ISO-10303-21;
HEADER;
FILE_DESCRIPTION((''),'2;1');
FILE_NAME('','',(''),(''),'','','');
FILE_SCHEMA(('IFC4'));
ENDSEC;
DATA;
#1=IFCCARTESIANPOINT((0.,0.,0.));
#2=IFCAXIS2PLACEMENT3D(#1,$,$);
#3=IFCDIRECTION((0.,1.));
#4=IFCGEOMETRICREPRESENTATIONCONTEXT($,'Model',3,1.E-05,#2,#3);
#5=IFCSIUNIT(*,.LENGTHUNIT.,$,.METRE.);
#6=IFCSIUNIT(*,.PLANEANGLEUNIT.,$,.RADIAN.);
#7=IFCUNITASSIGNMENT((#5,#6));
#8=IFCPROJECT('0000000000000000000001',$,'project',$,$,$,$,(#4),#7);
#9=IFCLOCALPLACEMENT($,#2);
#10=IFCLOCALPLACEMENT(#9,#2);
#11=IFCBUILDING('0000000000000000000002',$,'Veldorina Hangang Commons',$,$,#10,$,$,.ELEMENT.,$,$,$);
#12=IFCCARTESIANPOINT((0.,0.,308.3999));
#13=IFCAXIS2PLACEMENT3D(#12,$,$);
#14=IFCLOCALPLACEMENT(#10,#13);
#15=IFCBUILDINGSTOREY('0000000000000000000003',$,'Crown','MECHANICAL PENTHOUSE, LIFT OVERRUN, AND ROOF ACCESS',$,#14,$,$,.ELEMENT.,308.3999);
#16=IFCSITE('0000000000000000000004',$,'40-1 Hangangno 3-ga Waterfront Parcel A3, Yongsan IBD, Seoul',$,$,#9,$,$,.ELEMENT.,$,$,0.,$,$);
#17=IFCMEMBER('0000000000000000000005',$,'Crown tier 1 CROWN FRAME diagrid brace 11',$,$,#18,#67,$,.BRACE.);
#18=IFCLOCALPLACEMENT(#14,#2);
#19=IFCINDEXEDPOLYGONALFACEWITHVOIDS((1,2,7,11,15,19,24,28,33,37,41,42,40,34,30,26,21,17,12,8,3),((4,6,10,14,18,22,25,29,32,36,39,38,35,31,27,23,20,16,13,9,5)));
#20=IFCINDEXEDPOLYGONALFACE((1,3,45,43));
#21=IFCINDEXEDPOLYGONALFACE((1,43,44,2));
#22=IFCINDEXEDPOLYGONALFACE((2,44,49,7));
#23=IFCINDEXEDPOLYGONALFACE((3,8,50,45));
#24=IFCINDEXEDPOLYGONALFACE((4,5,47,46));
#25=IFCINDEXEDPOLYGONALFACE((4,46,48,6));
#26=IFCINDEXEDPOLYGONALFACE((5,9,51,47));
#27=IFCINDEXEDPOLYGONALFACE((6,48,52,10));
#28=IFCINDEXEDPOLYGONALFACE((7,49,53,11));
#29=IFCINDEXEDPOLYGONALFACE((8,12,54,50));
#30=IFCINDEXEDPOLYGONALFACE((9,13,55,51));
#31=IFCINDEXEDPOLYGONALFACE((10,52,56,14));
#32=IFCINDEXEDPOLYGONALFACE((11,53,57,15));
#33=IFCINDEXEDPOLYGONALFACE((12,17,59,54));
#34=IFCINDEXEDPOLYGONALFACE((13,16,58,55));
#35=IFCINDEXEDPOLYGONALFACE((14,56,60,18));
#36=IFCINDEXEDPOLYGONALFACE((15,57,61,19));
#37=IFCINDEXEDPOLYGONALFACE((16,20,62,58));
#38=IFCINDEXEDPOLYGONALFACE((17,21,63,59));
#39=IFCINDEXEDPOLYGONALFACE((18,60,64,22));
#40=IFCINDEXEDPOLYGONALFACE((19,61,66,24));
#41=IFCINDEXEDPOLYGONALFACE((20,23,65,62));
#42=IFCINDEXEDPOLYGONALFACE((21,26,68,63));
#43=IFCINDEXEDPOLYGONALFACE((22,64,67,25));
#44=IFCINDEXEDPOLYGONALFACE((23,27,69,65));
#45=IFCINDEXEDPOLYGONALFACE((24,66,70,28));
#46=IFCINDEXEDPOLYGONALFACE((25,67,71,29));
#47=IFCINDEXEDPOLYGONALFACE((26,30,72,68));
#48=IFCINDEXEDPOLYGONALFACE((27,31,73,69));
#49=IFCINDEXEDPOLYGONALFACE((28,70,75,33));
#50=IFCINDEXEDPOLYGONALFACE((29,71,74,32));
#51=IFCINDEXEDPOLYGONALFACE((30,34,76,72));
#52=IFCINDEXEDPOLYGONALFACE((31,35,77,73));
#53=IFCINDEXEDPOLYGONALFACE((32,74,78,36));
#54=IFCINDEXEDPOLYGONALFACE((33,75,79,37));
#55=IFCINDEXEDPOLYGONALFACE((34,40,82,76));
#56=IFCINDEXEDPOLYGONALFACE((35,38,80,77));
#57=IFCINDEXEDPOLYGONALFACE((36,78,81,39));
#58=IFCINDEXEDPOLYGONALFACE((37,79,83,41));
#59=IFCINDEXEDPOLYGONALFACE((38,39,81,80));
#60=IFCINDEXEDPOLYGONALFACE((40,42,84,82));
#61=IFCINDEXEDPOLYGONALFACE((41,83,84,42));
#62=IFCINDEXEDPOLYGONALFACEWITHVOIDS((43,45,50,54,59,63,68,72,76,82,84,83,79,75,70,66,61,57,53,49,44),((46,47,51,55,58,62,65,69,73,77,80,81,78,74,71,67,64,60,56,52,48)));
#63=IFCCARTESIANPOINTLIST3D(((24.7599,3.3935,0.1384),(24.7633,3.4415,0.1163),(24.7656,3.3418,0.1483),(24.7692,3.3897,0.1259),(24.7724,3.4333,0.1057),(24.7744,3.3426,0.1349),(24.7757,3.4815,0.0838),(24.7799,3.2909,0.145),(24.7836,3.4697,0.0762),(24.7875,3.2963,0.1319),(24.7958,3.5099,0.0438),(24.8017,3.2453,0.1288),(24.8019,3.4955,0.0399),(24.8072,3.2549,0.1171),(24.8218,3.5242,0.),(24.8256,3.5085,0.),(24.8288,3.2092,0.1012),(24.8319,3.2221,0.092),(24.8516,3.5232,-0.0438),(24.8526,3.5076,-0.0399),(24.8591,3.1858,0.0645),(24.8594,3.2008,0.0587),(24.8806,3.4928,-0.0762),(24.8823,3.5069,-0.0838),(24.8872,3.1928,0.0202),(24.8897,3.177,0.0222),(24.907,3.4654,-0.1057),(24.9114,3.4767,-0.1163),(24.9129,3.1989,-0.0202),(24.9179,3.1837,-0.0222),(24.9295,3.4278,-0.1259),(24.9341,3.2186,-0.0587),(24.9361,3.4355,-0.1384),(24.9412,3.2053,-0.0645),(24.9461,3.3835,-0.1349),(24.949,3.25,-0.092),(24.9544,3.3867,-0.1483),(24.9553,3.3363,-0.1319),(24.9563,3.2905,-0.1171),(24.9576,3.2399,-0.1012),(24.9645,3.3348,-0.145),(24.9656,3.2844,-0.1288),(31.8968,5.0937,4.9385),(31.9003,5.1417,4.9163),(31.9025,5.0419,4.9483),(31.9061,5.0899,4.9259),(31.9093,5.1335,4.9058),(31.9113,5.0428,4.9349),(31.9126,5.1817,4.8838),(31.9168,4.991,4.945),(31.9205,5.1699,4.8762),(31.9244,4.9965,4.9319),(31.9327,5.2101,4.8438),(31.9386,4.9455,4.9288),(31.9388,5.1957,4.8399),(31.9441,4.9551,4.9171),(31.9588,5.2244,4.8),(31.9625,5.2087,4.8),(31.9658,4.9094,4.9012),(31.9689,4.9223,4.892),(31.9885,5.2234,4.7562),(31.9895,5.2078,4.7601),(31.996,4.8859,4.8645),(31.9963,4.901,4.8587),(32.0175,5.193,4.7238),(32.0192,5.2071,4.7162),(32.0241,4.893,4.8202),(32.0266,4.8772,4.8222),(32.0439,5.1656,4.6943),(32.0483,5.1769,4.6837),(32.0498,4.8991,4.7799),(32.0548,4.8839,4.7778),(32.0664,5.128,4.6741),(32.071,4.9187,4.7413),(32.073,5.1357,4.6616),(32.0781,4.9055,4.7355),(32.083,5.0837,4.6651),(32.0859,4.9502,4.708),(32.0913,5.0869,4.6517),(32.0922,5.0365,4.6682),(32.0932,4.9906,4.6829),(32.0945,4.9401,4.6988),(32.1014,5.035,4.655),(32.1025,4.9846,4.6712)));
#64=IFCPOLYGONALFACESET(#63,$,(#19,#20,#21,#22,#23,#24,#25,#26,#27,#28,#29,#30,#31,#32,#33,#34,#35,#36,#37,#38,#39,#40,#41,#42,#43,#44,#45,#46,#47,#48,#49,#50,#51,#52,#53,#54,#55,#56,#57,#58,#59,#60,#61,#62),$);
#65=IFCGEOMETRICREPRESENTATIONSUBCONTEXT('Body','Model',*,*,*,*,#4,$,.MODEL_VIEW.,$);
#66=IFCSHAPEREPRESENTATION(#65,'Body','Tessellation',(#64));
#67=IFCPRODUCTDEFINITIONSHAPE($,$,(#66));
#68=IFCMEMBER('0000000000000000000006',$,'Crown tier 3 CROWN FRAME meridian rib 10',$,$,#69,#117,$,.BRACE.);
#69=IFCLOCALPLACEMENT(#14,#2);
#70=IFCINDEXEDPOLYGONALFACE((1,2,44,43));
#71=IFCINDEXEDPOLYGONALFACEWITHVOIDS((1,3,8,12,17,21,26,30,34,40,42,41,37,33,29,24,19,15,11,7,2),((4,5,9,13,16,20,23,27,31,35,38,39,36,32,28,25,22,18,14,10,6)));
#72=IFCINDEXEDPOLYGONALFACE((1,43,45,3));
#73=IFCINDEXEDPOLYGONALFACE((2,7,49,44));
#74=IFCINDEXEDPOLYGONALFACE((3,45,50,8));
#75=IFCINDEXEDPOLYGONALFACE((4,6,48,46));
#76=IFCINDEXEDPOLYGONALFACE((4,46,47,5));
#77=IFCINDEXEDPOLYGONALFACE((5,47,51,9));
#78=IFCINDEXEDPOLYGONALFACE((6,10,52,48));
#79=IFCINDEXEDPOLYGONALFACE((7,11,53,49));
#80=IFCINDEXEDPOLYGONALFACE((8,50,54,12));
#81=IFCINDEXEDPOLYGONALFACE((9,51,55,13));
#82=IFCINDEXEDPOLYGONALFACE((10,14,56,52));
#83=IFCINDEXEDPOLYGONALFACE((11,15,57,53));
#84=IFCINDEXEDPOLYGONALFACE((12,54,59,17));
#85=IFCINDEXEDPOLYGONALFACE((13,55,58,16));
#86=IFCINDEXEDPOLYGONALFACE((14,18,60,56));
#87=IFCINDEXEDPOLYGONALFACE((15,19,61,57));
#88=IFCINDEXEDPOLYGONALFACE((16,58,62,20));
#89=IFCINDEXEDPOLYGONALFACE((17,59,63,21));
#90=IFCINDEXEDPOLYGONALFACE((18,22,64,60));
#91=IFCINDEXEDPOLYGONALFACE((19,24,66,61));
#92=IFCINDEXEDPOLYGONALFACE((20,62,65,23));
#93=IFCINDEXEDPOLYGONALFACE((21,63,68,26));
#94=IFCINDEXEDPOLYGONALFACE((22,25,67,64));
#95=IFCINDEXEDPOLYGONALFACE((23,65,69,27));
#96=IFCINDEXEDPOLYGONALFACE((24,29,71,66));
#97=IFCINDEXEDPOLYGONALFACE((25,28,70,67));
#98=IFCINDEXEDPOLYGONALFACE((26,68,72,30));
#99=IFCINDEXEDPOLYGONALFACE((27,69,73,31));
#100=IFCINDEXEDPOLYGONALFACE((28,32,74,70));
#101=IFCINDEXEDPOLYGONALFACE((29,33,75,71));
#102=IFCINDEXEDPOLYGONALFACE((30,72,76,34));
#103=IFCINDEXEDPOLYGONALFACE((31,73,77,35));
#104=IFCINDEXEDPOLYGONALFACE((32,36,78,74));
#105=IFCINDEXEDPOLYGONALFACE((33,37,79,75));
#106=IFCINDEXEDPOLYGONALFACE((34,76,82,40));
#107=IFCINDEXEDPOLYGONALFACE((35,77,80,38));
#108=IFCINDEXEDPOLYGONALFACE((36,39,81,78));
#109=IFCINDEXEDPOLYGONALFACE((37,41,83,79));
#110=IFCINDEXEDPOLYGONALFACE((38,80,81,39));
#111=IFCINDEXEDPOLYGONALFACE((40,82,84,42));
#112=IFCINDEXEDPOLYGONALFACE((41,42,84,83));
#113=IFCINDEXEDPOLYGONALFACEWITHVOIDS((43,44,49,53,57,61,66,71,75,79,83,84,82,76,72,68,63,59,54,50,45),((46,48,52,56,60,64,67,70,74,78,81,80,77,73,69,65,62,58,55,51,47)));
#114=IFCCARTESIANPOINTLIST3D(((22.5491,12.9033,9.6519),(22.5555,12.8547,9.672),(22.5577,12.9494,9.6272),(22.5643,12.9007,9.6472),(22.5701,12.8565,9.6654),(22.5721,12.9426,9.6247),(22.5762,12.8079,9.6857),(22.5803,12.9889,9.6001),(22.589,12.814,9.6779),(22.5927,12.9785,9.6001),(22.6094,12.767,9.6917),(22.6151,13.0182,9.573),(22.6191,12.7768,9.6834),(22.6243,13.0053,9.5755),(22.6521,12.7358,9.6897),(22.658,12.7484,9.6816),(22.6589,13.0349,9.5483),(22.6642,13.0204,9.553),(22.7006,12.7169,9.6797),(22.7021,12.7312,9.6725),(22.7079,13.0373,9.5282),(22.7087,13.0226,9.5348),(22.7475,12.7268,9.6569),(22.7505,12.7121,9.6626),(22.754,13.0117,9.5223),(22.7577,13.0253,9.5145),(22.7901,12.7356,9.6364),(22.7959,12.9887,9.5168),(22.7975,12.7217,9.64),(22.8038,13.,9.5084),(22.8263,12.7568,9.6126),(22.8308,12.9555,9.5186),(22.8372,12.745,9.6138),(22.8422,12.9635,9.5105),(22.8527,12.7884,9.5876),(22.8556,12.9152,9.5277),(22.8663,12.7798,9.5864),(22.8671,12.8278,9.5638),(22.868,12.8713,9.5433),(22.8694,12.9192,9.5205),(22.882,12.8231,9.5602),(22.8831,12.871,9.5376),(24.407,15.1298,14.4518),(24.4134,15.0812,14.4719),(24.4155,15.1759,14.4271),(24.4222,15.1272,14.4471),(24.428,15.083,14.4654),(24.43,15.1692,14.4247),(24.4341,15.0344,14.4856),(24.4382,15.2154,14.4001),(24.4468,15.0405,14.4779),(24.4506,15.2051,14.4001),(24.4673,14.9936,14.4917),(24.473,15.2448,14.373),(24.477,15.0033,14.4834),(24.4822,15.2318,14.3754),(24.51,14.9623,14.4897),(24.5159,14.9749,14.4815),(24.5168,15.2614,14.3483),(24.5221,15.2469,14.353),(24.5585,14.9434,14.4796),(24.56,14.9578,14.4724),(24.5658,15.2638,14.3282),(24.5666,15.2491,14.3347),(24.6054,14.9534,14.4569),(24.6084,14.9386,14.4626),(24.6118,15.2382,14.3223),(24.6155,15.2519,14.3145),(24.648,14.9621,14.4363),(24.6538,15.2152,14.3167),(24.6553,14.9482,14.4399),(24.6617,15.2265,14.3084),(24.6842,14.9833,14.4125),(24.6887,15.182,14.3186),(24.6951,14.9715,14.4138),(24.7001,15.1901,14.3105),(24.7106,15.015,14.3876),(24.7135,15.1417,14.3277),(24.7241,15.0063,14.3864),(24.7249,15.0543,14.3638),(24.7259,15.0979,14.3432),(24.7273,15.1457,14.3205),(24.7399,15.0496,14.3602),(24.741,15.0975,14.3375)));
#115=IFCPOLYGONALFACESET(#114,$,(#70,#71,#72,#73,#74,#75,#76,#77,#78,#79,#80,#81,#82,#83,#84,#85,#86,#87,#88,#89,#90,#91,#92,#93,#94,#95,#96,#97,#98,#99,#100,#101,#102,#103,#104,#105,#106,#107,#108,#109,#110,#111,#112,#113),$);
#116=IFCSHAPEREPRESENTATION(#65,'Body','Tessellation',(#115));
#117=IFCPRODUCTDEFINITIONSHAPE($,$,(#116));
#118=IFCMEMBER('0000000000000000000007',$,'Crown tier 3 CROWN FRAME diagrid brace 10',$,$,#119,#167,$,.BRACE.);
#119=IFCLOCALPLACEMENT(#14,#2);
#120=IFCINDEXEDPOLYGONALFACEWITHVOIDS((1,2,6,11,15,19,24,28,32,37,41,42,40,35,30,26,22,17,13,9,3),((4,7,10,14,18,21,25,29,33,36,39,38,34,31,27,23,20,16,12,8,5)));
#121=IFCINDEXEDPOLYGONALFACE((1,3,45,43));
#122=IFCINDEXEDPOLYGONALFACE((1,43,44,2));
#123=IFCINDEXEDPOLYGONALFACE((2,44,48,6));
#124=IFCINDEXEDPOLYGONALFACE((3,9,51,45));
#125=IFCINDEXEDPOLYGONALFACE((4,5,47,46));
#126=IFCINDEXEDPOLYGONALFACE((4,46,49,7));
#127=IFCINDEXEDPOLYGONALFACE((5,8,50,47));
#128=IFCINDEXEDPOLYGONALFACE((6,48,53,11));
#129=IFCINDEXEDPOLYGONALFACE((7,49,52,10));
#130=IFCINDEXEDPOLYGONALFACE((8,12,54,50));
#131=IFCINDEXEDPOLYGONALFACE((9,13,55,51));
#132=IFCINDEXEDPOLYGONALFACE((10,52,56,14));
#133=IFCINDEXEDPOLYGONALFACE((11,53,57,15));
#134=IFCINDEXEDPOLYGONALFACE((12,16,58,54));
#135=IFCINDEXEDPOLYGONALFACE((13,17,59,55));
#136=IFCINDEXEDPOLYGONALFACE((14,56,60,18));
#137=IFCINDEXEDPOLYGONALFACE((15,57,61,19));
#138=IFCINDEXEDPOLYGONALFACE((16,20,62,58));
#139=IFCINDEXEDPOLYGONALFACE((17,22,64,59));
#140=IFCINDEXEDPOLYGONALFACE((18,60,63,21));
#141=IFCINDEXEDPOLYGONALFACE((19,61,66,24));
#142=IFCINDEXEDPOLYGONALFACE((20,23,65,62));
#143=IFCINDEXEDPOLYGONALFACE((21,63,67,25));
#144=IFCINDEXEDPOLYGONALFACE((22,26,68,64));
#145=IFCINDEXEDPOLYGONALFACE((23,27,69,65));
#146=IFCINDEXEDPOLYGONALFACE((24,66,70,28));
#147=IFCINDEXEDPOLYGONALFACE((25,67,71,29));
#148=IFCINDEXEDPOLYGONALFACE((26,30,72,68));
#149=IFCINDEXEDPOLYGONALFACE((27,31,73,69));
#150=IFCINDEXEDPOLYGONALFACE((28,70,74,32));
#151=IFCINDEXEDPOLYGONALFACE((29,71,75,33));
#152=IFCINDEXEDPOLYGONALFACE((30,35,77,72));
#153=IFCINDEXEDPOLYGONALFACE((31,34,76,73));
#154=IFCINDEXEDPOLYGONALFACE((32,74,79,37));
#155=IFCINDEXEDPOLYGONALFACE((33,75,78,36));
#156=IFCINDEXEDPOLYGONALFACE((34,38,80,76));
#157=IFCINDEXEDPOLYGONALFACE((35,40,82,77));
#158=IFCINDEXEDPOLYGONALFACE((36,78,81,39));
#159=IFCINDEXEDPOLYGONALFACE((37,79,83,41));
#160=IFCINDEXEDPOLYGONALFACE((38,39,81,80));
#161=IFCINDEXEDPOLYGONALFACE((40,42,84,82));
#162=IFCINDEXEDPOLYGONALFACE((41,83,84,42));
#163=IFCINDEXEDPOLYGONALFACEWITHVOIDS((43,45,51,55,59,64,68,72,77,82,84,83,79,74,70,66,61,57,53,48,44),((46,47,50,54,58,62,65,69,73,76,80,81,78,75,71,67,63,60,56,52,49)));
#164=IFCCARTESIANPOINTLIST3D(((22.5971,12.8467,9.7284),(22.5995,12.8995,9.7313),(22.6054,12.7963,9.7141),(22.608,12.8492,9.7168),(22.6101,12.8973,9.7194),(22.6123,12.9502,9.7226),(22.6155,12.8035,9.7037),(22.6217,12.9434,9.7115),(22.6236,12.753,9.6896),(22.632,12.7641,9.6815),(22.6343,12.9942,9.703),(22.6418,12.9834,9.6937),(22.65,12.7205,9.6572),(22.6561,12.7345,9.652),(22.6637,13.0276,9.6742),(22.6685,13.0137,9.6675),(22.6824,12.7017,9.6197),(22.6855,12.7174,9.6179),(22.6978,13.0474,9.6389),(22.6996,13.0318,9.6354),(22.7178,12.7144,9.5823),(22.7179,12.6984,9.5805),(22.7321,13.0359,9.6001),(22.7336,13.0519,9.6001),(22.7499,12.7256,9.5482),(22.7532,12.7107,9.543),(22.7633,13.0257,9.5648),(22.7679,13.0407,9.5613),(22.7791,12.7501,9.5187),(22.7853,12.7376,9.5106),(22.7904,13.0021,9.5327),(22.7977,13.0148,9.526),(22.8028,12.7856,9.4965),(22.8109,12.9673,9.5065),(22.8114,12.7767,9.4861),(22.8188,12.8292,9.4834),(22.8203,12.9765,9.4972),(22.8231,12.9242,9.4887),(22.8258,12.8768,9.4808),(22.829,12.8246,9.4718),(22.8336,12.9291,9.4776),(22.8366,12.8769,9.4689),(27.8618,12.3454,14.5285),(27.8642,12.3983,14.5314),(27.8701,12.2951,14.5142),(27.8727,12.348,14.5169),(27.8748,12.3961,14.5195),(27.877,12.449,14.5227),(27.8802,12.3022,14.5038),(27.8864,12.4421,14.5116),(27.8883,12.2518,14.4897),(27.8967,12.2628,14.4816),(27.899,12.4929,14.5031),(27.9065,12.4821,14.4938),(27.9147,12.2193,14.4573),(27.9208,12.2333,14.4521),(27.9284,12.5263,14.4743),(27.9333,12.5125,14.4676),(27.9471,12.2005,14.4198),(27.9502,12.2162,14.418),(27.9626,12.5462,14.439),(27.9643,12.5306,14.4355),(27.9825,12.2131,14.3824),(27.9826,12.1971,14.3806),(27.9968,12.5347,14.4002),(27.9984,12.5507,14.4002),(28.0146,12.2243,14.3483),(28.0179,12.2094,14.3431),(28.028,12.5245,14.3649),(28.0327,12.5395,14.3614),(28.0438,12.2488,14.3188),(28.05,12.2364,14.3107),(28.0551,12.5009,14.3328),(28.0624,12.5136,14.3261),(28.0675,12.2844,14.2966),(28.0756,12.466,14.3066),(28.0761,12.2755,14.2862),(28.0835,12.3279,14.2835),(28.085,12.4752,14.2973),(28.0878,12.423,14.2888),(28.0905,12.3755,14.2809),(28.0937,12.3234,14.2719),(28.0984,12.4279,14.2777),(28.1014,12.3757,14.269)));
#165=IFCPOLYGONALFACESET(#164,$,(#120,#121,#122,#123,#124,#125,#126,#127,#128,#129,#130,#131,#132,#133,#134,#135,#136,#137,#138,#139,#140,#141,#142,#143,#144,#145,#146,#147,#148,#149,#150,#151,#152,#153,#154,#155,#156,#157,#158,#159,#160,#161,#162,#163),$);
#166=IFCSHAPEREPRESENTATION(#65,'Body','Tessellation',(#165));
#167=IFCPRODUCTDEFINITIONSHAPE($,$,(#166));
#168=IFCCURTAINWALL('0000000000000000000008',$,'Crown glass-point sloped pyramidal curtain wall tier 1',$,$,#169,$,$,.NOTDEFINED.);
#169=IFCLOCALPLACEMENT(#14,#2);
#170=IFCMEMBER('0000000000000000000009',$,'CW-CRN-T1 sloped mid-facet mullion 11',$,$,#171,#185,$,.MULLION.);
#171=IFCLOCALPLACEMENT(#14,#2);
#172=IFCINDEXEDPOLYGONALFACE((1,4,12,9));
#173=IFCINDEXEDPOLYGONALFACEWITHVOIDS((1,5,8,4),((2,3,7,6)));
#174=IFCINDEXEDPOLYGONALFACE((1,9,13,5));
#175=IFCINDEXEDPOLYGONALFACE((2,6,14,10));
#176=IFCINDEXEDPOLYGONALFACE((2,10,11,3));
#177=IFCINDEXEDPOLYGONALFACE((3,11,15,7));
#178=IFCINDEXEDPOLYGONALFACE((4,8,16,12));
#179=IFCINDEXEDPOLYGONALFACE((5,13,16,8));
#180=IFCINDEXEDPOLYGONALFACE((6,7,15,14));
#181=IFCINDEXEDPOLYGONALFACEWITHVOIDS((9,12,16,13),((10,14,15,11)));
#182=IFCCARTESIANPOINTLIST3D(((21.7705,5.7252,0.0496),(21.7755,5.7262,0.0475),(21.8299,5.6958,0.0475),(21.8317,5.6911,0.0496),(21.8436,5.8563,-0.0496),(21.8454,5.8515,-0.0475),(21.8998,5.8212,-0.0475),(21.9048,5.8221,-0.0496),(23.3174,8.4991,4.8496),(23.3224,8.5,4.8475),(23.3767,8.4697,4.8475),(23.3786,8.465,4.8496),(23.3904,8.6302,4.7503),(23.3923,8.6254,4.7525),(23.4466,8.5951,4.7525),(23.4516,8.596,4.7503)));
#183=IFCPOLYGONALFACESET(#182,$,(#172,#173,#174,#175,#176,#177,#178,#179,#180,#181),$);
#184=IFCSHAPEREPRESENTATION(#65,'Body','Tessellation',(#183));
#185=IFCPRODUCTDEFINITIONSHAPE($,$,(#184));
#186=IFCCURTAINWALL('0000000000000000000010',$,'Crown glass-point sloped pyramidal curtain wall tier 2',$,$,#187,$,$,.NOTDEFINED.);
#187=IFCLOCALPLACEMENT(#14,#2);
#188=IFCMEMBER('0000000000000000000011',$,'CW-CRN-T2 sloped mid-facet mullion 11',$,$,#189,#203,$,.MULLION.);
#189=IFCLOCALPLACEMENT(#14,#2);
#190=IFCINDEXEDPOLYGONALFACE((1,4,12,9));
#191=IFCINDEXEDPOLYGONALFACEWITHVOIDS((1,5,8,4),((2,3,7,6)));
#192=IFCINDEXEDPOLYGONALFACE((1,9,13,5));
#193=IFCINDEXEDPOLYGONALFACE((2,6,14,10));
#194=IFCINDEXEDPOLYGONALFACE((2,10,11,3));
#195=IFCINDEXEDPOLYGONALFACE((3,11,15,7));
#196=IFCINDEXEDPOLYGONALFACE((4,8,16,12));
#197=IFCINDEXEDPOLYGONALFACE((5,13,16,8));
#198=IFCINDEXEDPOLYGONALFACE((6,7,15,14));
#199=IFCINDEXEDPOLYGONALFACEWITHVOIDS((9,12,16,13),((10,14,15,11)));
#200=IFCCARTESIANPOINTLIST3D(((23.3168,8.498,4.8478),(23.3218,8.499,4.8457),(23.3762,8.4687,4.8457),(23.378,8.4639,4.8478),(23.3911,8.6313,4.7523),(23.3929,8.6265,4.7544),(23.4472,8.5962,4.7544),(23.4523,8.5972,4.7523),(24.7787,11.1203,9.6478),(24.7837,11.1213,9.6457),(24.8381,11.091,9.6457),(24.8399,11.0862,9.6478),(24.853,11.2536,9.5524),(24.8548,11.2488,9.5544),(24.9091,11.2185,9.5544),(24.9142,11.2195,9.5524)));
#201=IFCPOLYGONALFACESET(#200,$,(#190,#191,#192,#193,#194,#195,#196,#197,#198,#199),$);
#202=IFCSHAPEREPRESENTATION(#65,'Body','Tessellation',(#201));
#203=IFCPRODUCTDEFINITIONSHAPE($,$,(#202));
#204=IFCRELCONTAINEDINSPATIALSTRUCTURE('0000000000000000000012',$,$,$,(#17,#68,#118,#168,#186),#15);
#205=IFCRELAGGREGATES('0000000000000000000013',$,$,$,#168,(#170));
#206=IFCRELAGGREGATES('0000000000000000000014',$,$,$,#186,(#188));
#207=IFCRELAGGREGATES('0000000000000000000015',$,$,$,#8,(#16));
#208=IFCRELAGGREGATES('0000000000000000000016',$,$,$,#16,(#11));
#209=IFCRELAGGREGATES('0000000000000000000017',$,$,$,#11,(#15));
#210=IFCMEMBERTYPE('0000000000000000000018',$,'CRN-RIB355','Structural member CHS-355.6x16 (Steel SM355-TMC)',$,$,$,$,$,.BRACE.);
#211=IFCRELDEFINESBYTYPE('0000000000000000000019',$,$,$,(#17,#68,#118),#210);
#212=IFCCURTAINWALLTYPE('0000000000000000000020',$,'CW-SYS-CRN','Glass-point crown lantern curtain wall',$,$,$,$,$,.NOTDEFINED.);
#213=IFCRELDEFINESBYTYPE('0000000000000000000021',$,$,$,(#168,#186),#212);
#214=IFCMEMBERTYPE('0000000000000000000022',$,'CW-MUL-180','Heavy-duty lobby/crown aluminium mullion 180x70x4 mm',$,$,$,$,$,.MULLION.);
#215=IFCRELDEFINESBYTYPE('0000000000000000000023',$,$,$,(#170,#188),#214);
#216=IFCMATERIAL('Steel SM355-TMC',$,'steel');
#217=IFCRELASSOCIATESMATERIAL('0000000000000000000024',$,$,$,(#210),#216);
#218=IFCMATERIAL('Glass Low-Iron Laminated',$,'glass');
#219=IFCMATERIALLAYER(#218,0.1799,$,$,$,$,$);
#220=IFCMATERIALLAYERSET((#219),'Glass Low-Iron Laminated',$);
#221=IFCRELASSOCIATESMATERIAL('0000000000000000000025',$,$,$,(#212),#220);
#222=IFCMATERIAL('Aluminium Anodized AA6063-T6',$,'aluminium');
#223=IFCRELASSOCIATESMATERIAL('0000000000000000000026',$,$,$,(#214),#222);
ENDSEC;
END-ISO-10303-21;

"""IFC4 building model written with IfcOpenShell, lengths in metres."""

from ifc_helpers import new_model, si_unit, direction, frame, origin, origin_2d, place, context, subcontext, project, spatial, hollow_rectangle, hollow_circle, extrude, material, layer, layer_set, material_profile, profile_set, type_object, element, aggregate, save


model = new_model("IFC4")

# Units and contexts
model_context = context("Model", 3, precision=1e-05, world=origin(), true_north=direction((0.0, 1.0)))
body_context = subcontext(model_context, "Body", "Model", "MODEL_VIEW")
ifc_project = project(units=[si_unit("LENGTHUNIT", "METRE"), si_unit("PLANEANGLEUNIT", "RADIAN")], contexts=[model_context])

# Site, building, storey
site_placement = place(None, origin())
site = spatial("IfcSite", under=ifc_project, at=site_placement, Name="40-1 Hangangno 3-ga Waterfront Parcel A3, Yongsan IBD, Seoul", CompositionType="ELEMENT", RefElevation=0.0)
building_placement = place(site_placement, origin())
building = spatial("IfcBuilding", under=site, at=building_placement, Name="Veldorina Hangang Commons", CompositionType="ELEMENT")
storey_placement = place(building_placement, frame((0.0, 0.0, 308.3999)))
storey = spatial("IfcBuildingStorey", under=building, at=storey_placement, Name="Crown", Description="MECHANICAL PENTHOUSE, LIFT OVERRUN, AND ROOF ACCESS", CompositionType="ELEMENT", Elevation=308.3999)

# Members
ifc_material_1 = material(Name="Steel SM355-TMC", Category="steel")
ifc_material_profile_1 = material_profile(ifc_material_1, hollow_circle(Radius=0.1777, WallThickness=0.0161, at=origin_2d()), Name="CHS-355.6x16")
ifc_profile_set_1 = profile_set([ifc_material_profile_1], Name="Steel SM355-TMC")
member_type_1 = type_object("IfcMemberType", Name="CRN-RIB355", Description="Structural member CHS-355.6x16 (Steel SM355-TMC)", PredefinedType="BRACE", material=ifc_profile_set_1)
member_1_placement = place(storey_placement, frame((24.863, 3.3513, 0.0), z_axis=(0.814034, 0.193922, 0.547488), x_axis=(-0.231739, 0.972778, 0.0)))
element("IfcMember", 1, at=member_1_placement, inside=storey, type_object=member_type_1, Name="Crown tier 1 CROWN FRAME diagrid brace 11", PredefinedType="BRACE", context=body_context, shape_type="SweptSolid", body=[
    extrude(hollow_circle(Radius=0.1777, WallThickness=0.0161, at=origin_2d()), origin(), (0.0, 0.0, 1.0), 8.7673),
])
member_2_placement = place(storey_placement, frame((22.7168, 12.875, 9.6001), z_axis=(0.331295, 0.397032, 0.855926), x_axis=(-0.767807, 0.640681, 0.0)))
element("IfcMember", 2, at=member_2_placement, inside=storey, type_object=member_type_1, Name="Crown tier 3 CROWN FRAME meridian rib 10", PredefinedType="BRACE", context=body_context, shape_type="SweptSolid", body=[
    extrude(hollow_circle(Radius=0.1777, WallThickness=0.0161, at=origin_2d()), origin(), (0.0, 0.0, 1.0), 5.6079),
])
member_3_placement = place(storey_placement, frame((22.7168, 12.875, 9.6001), z_axis=(0.737139, -0.070179, 0.672087), x_axis=(0.094776, 0.995499, 0.0)))
element("IfcMember", 3, at=member_3_placement, inside=storey, type_object=member_type_1, Name="Crown tier 3 CROWN FRAME diagrid brace 10", PredefinedType="BRACE", context=body_context, shape_type="SweptSolid", body=[
    extrude(hollow_circle(Radius=0.1777, WallThickness=0.0161, at=origin_2d()), origin(), (0.0, 0.0, 1.0), 7.1421),
])

# Curtain walls, members
ifc_material_2 = material(Name="Glass Low-Iron Laminated", Category="glass")
ifc_layer_1 = layer(ifc_material_2, 0.1799)
ifc_layer_set_1 = layer_set([ifc_layer_1], Name="Glass Low-Iron Laminated")
curtain_wall_type = type_object("IfcCurtainWallType", Name="CW-SYS-CRN", Description="Glass-point crown lantern curtain wall", PredefinedType="NOTDEFINED", material=ifc_layer_set_1)
curtain_wall_1_placement = place(storey_placement, origin())
curtain_wall_1 = element("IfcCurtainWall", 4, at=curtain_wall_1_placement, inside=storey, type_object=curtain_wall_type, Name="Crown glass-point sloped pyramidal curtain wall tier 1", PredefinedType="NOTDEFINED")
ifc_material_3 = material(Name="Aluminium Anodized AA6063-T6", Category="aluminium")
ifc_material_profile_2 = material_profile(ifc_material_3, hollow_rectangle(XDim=0.0701, YDim=0.1799, WallThickness=0.0039, at=origin_2d()), Name="ALU-RHS-180x70x4")
ifc_profile_set_2 = profile_set([ifc_material_profile_2], Name="Aluminium Anodized AA6063-T6")
member_type_2 = type_object("IfcMemberType", Name="CW-MUL-180", Description="Heavy-duty lobby/crown aluminium mullion 180x70x4 mm", PredefinedType="MULLION", material=ifc_profile_set_2)
member_4_placement = place(storey_placement, frame((21.8376, 5.7737, 0.0), z_axis=(0.268756, 0.481945, 0.833966), x_axis=(-0.87338, 0.487039, 0.0)))
member_4 = element("IfcMember", 5, at=member_4_placement, type_object=member_type_2, Name="CW-CRN-T1 sloped mid-facet mullion 11", PredefinedType="MULLION", context=body_context, shape_type="SweptSolid", body=[
    extrude(hollow_rectangle(XDim=0.0701, YDim=0.1799, WallThickness=0.0039, at=origin_2d()), origin(), (0.0, 0.0, 1.0), 5.7556),
])
aggregate(curtain_wall_1, [member_4])
curtain_wall_2_placement = place(storey_placement, origin())
curtain_wall_2 = element("IfcCurtainWall", 6, at=curtain_wall_2_placement, inside=storey, type_object=curtain_wall_type, Name="Crown glass-point sloped pyramidal curtain wall tier 2", PredefinedType="NOTDEFINED")
member_5_placement = place(storey_placement, frame((23.3845, 8.5476, 4.8), z_axis=(0.258214, 0.463172, 0.847819), x_axis=(-0.873439, 0.486934, 0.0)))
member_5 = element("IfcMember", 7, at=member_5_placement, type_object=member_type_2, Name="CW-CRN-T2 sloped mid-facet mullion 11", PredefinedType="MULLION", context=body_context, shape_type="SweptSolid", body=[
    extrude(hollow_rectangle(XDim=0.0701, YDim=0.1799, WallThickness=0.0039, at=origin_2d()), origin(), (0.0, 0.0, 1.0), 5.6616),
])

aggregate(curtain_wall_2, [member_5])

save(model, "model.ifc")
